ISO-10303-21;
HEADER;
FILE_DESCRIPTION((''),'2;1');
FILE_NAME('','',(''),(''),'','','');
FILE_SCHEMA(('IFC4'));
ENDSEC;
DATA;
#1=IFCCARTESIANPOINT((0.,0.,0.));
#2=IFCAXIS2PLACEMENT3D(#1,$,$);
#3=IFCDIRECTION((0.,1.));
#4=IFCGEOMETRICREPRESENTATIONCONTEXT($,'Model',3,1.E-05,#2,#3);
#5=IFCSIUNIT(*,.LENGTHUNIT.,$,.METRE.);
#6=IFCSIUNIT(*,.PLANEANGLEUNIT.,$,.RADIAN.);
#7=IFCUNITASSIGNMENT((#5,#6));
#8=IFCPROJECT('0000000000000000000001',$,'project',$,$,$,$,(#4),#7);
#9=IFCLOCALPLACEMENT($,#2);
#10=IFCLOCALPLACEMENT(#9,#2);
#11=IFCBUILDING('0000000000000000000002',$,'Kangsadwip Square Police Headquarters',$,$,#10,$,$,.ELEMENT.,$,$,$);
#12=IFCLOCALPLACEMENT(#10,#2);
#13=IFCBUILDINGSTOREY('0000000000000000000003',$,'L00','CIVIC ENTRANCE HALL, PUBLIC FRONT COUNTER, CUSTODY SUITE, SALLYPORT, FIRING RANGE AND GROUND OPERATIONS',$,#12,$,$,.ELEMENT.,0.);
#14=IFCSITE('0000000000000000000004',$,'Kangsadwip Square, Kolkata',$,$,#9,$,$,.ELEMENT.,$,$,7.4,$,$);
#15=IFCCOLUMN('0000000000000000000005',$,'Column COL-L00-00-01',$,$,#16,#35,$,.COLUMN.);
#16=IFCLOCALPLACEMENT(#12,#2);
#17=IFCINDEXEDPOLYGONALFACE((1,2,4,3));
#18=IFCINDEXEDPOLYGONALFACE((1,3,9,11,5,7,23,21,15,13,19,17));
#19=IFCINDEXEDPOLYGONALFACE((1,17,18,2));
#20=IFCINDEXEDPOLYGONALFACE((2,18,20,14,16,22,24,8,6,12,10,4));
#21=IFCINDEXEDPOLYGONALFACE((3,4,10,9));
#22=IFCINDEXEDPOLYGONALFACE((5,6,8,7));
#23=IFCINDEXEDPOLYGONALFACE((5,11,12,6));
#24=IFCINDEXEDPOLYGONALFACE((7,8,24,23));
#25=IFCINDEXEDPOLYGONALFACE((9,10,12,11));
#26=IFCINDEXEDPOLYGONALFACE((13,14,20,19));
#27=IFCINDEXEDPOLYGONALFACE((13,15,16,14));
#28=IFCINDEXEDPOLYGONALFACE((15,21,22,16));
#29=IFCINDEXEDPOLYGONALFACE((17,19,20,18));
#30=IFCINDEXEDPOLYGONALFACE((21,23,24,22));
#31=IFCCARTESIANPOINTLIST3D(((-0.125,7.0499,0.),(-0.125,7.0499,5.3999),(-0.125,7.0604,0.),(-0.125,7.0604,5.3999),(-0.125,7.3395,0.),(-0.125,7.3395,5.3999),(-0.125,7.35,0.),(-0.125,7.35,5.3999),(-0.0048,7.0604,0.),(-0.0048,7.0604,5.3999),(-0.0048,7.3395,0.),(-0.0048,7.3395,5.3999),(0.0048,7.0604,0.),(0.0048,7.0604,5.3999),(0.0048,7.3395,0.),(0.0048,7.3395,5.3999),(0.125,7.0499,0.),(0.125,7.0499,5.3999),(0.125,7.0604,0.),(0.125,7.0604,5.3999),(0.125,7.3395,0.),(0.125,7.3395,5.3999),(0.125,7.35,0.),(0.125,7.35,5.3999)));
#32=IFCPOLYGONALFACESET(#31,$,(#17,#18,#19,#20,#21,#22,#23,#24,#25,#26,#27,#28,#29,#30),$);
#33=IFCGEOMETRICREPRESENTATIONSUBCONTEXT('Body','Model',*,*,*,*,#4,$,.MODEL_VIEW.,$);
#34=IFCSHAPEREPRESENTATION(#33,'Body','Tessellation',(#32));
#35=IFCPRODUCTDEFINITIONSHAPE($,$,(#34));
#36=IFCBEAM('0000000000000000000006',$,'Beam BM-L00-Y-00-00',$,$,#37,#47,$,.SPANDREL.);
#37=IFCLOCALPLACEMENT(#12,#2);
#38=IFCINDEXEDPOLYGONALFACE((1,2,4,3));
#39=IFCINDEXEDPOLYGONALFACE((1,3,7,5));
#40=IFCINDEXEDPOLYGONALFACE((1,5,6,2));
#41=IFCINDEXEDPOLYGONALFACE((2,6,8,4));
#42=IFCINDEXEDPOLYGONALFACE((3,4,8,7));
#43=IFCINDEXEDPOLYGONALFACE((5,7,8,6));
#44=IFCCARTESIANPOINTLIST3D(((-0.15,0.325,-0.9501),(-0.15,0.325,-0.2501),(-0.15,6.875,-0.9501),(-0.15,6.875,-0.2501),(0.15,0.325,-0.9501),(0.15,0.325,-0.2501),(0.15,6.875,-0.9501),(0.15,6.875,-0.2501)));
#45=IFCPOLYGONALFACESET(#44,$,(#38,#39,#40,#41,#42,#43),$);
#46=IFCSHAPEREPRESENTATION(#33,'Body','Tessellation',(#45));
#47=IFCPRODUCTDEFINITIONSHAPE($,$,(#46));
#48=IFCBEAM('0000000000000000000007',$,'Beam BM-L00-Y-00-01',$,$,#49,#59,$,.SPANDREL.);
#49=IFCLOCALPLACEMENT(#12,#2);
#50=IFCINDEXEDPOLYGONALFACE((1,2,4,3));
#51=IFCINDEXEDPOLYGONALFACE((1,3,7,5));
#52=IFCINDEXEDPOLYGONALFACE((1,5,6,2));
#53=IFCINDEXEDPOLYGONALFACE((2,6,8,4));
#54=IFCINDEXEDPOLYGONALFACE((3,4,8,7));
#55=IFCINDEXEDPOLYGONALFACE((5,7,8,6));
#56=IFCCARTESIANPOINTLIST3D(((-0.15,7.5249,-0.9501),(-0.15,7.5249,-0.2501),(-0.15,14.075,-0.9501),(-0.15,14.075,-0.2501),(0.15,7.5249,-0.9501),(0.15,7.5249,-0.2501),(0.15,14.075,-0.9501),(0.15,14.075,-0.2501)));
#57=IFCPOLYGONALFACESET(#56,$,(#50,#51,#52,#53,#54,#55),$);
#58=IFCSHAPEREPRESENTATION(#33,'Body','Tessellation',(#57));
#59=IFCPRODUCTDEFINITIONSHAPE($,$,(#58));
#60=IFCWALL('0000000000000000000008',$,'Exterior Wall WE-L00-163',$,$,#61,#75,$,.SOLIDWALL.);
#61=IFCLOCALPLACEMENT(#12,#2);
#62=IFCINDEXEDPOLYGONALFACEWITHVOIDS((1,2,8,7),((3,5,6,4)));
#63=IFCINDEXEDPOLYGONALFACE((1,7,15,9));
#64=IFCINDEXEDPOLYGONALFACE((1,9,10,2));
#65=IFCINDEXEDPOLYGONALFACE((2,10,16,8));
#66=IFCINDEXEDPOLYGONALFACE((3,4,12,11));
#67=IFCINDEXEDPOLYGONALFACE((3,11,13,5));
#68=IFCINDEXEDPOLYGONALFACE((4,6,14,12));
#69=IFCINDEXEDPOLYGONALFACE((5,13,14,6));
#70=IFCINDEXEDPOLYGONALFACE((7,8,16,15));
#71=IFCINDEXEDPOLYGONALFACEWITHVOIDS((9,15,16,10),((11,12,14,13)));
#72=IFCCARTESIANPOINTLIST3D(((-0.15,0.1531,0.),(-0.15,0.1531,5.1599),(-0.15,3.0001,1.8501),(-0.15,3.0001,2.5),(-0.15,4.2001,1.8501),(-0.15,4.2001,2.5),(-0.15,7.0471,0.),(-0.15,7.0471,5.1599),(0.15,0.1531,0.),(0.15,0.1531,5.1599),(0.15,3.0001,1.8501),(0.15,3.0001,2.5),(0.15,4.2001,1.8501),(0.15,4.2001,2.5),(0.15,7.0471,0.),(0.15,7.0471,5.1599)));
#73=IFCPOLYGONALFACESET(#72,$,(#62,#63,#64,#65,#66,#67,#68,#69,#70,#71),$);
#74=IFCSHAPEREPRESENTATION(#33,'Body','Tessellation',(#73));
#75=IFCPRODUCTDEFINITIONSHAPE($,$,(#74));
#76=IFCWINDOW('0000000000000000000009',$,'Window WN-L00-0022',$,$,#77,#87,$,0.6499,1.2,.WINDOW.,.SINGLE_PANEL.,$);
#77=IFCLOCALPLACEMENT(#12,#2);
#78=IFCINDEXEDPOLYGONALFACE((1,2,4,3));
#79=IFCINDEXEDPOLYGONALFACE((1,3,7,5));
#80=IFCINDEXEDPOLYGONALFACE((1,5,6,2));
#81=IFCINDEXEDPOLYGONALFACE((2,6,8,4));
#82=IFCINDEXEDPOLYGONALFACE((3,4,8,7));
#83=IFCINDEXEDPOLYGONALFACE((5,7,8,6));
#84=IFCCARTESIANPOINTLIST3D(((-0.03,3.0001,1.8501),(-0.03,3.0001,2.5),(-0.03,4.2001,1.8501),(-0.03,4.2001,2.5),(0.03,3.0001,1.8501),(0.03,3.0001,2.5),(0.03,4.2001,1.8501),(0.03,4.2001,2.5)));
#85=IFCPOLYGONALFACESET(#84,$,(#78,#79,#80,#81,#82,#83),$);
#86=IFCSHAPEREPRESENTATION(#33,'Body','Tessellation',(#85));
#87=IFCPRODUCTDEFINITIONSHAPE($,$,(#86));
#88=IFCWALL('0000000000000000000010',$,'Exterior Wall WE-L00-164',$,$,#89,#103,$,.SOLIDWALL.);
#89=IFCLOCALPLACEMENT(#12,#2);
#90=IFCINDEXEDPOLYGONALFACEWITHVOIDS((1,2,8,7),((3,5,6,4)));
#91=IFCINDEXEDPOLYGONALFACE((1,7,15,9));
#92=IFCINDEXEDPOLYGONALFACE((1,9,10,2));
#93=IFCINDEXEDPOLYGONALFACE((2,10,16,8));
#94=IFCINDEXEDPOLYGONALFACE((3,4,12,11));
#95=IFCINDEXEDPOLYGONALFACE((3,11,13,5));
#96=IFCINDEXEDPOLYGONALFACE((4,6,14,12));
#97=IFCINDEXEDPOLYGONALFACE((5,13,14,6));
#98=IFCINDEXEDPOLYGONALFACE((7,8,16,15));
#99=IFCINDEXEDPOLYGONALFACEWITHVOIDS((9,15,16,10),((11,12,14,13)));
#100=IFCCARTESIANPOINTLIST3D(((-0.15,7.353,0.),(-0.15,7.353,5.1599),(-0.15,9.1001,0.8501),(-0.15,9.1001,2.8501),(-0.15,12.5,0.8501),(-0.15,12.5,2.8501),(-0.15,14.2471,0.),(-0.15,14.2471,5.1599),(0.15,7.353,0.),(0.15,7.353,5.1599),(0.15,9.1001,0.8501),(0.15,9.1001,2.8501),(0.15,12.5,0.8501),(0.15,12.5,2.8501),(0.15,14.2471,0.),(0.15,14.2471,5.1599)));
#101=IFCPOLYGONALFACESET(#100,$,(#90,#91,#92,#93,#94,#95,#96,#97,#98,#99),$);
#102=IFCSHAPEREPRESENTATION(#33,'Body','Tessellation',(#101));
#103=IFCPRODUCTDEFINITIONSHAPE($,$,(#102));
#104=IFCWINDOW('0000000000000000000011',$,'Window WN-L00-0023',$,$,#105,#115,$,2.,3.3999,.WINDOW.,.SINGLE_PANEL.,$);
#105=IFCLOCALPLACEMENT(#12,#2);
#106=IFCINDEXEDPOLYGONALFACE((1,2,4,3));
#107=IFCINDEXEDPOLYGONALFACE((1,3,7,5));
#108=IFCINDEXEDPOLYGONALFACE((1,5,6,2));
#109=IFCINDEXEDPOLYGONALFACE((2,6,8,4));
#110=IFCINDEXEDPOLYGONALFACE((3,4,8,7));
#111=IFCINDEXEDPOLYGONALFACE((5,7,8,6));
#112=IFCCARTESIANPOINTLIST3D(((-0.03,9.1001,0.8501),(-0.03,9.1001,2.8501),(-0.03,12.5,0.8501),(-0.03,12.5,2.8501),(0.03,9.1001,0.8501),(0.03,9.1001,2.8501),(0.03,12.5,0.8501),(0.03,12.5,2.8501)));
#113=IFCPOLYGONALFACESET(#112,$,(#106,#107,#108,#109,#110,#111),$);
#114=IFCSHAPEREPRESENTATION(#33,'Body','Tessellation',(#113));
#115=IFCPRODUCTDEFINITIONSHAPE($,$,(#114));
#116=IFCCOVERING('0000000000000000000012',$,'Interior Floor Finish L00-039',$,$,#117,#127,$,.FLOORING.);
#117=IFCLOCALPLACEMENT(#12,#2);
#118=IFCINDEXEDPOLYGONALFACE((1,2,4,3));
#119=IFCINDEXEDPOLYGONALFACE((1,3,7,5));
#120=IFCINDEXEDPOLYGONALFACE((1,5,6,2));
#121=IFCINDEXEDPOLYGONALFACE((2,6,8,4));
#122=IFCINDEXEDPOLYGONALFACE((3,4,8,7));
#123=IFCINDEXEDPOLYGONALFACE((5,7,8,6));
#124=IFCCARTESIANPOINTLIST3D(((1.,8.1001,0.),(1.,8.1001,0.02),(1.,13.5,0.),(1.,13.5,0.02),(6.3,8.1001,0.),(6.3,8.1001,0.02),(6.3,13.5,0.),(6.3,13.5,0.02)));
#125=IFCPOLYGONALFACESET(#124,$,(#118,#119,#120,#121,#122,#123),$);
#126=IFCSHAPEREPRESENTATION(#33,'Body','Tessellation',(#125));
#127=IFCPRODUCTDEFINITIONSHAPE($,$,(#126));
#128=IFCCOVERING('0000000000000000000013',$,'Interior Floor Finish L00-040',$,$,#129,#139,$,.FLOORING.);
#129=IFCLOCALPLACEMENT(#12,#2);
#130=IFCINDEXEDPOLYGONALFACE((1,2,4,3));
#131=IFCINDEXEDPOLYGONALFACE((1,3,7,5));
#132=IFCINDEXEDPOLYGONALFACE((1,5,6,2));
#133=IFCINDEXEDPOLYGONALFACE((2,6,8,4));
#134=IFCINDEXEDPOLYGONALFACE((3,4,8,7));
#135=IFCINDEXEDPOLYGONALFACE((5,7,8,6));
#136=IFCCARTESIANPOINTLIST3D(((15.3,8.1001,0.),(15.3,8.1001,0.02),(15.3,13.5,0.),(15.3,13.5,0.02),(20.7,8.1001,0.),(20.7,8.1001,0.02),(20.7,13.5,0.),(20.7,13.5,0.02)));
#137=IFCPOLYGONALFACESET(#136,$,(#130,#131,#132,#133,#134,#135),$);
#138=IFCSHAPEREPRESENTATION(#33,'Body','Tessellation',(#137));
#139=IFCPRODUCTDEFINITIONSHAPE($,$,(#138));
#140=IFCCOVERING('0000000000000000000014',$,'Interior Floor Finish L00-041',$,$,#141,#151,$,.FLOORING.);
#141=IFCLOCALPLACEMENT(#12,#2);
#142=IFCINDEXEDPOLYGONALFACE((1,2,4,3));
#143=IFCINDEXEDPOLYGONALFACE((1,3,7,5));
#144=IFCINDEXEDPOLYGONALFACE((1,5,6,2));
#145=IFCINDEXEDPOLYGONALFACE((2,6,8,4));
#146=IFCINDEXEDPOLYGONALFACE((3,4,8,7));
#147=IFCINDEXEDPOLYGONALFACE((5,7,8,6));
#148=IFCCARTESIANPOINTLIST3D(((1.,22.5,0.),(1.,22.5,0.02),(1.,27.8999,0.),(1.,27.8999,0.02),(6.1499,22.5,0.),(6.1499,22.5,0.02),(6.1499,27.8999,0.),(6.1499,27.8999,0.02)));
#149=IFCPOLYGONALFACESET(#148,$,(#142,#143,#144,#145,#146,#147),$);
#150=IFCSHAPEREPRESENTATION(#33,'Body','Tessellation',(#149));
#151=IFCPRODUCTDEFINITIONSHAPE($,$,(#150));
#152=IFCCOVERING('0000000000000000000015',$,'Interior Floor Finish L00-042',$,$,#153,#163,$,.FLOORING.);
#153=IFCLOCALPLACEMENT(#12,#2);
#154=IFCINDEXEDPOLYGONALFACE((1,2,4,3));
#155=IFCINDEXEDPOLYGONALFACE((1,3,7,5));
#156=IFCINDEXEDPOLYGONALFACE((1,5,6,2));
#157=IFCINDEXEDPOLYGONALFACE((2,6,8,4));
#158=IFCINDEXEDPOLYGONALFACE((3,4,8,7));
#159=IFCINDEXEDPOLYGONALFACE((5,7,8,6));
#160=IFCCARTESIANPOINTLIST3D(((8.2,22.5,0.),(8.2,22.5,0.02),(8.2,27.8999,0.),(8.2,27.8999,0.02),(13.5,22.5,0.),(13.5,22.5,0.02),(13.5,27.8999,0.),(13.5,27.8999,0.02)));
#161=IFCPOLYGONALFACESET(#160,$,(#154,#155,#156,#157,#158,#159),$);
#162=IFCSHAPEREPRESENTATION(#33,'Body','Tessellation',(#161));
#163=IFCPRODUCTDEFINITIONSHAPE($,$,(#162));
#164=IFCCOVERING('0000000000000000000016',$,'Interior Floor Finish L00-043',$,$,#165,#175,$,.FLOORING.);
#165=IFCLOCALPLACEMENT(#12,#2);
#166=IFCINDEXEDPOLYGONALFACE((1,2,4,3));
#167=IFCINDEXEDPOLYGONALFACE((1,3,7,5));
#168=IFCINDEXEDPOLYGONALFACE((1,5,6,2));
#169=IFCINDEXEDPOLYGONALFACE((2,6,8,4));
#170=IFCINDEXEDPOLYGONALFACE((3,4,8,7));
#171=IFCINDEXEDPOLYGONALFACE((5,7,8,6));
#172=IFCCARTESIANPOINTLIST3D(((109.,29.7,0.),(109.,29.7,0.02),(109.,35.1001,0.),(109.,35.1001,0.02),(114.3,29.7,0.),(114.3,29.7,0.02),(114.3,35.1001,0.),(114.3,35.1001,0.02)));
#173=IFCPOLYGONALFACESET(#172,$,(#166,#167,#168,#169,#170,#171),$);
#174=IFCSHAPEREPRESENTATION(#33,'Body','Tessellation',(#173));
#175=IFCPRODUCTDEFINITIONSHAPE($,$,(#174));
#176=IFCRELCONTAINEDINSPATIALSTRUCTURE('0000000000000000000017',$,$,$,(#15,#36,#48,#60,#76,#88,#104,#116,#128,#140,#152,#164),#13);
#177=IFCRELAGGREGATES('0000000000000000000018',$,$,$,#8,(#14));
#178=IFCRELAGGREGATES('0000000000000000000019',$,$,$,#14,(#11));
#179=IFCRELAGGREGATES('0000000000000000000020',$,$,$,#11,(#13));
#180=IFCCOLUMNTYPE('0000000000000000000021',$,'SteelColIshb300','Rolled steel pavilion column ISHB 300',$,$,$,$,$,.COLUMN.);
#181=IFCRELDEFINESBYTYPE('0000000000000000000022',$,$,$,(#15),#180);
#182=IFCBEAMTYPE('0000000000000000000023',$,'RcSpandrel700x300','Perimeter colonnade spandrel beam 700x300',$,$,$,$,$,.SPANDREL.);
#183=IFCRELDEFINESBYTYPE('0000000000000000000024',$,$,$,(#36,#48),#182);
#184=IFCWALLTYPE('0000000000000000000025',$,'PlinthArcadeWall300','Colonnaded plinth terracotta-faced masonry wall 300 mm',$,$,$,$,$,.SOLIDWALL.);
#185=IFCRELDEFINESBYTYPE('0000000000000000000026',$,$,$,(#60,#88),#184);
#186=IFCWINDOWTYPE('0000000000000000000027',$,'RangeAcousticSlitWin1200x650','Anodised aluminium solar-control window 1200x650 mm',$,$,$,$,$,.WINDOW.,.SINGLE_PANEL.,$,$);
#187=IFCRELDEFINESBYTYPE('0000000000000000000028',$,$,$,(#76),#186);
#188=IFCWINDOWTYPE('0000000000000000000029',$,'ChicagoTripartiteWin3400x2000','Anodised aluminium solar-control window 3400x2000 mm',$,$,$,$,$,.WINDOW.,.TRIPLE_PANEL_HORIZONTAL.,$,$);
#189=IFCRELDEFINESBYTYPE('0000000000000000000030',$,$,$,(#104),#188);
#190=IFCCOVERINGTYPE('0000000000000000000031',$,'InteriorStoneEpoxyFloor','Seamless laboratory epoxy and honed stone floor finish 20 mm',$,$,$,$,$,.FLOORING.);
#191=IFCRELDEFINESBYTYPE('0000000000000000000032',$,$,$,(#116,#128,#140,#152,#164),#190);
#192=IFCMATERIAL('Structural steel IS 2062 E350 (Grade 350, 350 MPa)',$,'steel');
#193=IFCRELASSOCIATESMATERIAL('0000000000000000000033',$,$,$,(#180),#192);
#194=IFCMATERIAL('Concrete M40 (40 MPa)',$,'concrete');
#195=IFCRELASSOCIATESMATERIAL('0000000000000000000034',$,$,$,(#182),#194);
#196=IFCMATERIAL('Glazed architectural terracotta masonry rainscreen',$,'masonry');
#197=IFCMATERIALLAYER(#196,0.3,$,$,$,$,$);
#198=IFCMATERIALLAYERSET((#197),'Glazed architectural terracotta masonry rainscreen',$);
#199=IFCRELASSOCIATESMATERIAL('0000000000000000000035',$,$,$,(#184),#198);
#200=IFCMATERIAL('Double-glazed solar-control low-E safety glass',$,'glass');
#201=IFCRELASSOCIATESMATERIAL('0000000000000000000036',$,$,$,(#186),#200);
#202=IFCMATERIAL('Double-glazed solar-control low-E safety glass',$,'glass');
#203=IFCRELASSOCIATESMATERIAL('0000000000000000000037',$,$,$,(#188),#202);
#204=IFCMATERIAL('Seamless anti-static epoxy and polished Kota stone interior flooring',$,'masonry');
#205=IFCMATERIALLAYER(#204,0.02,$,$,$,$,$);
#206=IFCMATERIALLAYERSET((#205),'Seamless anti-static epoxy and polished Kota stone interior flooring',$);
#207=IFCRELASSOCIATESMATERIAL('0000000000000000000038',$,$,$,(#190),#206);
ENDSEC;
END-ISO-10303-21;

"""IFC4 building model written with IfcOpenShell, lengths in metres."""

from ifc_helpers import new_model, si_unit, direction, frame, frame_2d, origin, origin_2d, place, context, subcontext, project, spatial, polyline, rectangle, i_section, outline, extrude, material, layer, layer_set, material_profile, profile_set, type_object, element, fill, save


model = new_model("IFC4")

# Units and contexts
model_context = context("Model", 3, precision=1e-05, world=origin(), true_north=direction((0.0, 1.0)))
body_context = subcontext(model_context, "Body", "Model", "MODEL_VIEW")
ifc_project = project(units=[si_unit("LENGTHUNIT", "METRE"), si_unit("PLANEANGLEUNIT", "RADIAN")], contexts=[model_context])

# Site, building, storey
site_placement = place(None, origin())
site = spatial("IfcSite", under=ifc_project, at=site_placement, Name="Kangsadwip Square, Kolkata", CompositionType="ELEMENT", RefElevation=7.4)
building_placement = place(site_placement, origin())
building = spatial("IfcBuilding", under=site, at=building_placement, Name="Kangsadwip Square Police Headquarters", CompositionType="ELEMENT")
storey_placement = place(building_placement, origin())
storey = spatial("IfcBuildingStorey", under=building, at=storey_placement, Name="L00", Description="CIVIC ENTRANCE HALL, PUBLIC FRONT COUNTER, CUSTODY SUITE, SALLYPORT, FIRING RANGE AND GROUND OPERATIONS", CompositionType="ELEMENT", Elevation=0.0)

# Column
ifc_material_1 = material(Name="Structural steel IS 2062 E350 (Grade 350, 350 MPa)", Category="steel")
ifc_material_profile_1 = material_profile(ifc_material_1, i_section(OverallWidth=0.25, OverallDepth=0.3, WebThickness=0.0095, FlangeThickness=0.0105, at=origin_2d()), Name="ISHB 300")
ifc_profile_set_1 = profile_set([ifc_material_profile_1], Name="Structural steel IS 2062 E350 (Grade 350, 350 MPa)")
column_type = type_object("IfcColumnType", Name="SteelColIshb300", Description="Rolled steel pavilion column ISHB 300", PredefinedType="COLUMN", material=ifc_profile_set_1)
column_placement = place(storey_placement, frame((0.0, 7.2, 0.0), z_axis=(0.0, 0.0, 1.0), x_axis=(1.0, 0.0, 0.0)))
element("IfcColumn", 1, at=column_placement, inside=storey, type_object=column_type, Name="Column COL-L00-00-01", PredefinedType="COLUMN", context=body_context, shape_type="SweptSolid", body=[
    extrude(i_section(OverallWidth=0.25, OverallDepth=0.3, WebThickness=0.0095, FlangeThickness=0.0105, at=origin_2d()), origin(), (0.0, 0.0, 1.0), 5.3999),
])

# Beams
ifc_material_2 = material(Name="Concrete M40 (40 MPa)", Category="concrete")
ifc_material_profile_2 = material_profile(ifc_material_2, rectangle(XDim=0.3, YDim=0.7, at=origin_2d()), Name="RC SPN 700X300")
ifc_profile_set_2 = profile_set([ifc_material_profile_2], Name="Concrete M40 (40 MPa)")
beam_type = type_object("IfcBeamType", Name="RcSpandrel700x300", Description="Perimeter colonnade spandrel beam 700x300", PredefinedType="SPANDREL", material=ifc_profile_set_2)
for number, where, z_axis, x_axis, name in (
    (2, (0.0, 0.325, -0.6001), (0.0, 1.0, 0.0), (-1.0, 0.0, 0.0), "Beam BM-L00-Y-00-00"),
    (3, (0.0, 7.5249, -0.6001), (0.0, 1.0, 0.0), (-1.0, 0.0, 0.0), "Beam BM-L00-Y-00-01"),
):
    element("IfcBeam", number, at=place(storey_placement, frame(where, z_axis=z_axis, x_axis=x_axis)), inside=storey, type_object=beam_type, Name=name, PredefinedType="SPANDREL", context=body_context, shape_type="SweptSolid", body=[
        extrude(rectangle(XDim=0.3, YDim=0.7, at=origin_2d()), origin(), (0.0, 0.0, 1.0), 6.55),
    ])

# Walls, openings, windows
ifc_material_3 = material(Name="Glazed architectural terracotta masonry rainscreen", Category="masonry")
ifc_layer_1 = layer(ifc_material_3, 0.3)
ifc_layer_set_1 = layer_set([ifc_layer_1], Name="Glazed architectural terracotta masonry rainscreen")
wall_type = type_object("IfcWallType", Name="PlinthArcadeWall300", Description="Colonnaded plinth terracotta-faced masonry wall 300 mm", PredefinedType="SOLIDWALL", material=ifc_layer_set_1)
wall_1_placement = place(storey_placement, frame((0.0, 0.1531, 0.0), z_axis=(0.0, 0.0, 1.0), x_axis=(0.0, 1.0, 0.0)))
wall_1 = element("IfcWall", 4, at=wall_1_placement, inside=storey, type_object=wall_type, Name="Exterior Wall WE-L00-163", PredefinedType="SOLIDWALL", context=body_context, shape_type="SweptSolid", body=[
    extrude(rectangle(XDim=6.894, YDim=0.3, at=frame_2d((3.447, 0.0))), origin(), (0.0, 0.0, 1.0), 5.1599),
])
opening_1_placement = place(wall_1_placement, frame((2.8469, 0.0, 1.8501)))
opening_1 = element("IfcOpeningElement", 5, at=opening_1_placement, cuts=wall_1, PredefinedType="OPENING", context=body_context, shape_type="SweptSolid", body=[
    extrude(rectangle(XDim=1.2, YDim=0.6499, at=frame_2d((0.6001, 0.325))), frame((0.0, 0.1599, 0.0), z_axis=(0.0, -1.0, 0.0), x_axis=(1.0, 0.0, 0.0)), (0.0, 0.0, 1.0), 0.3201),
])
ifc_material_4 = material(Name="Double-glazed solar-control low-E safety glass", Category="glass")
window_type_1 = type_object("IfcWindowType", Name="RangeAcousticSlitWin1200x650", Description="Anodised aluminium solar-control window 1200x650 mm", PartitioningType="SINGLE_PANEL", PredefinedType="WINDOW", material=ifc_material_4)
window_1_placement = place(opening_1_placement, origin())
window_1 = element("IfcWindow", 6, at=window_1_placement, inside=storey, type_object=window_type_1, Name="Window WN-L00-0022", OverallHeight=0.6499, OverallWidth=1.2, PartitioningType="SINGLE_PANEL", PredefinedType="WINDOW", context=body_context, shape_type="SweptSolid", body=[
    extrude(rectangle(XDim=1.2, YDim=0.6499, at=frame_2d((0.6001, 0.325))), frame((0.0, 0.03, 0.0), z_axis=(0.0, -1.0, 0.0), x_axis=(1.0, 0.0, 0.0)), (0.0, 0.0, 1.0), 0.0601),
])
fill(opening_1, window_1)
wall_2_placement = place(storey_placement, frame((0.0, 7.353, 0.0), z_axis=(0.0, 0.0, 1.0), x_axis=(0.0, 1.0, 0.0)))
wall_2 = element("IfcWall", 7, at=wall_2_placement, inside=storey, type_object=wall_type, Name="Exterior Wall WE-L00-164", PredefinedType="SOLIDWALL", context=body_context, shape_type="SweptSolid", body=[
    extrude(rectangle(XDim=6.894, YDim=0.3, at=frame_2d((3.447, 0.0))), origin(), (0.0, 0.0, 1.0), 5.1599),
])
opening_2_placement = place(wall_2_placement, frame((1.7471, 0.0, 0.8501)))
opening_2 = element("IfcOpeningElement", 8, at=opening_2_placement, cuts=wall_2, PredefinedType="OPENING", context=body_context, shape_type="SweptSolid", body=[
    extrude(rectangle(XDim=3.3999, YDim=2.0, at=frame_2d((1.7, 1.0))), frame((0.0, 0.1599, 0.0), z_axis=(0.0, -1.0, 0.0), x_axis=(1.0, 0.0, 0.0)), (0.0, 0.0, 1.0), 0.3201),
])
ifc_material_5 = material(Name="Double-glazed solar-control low-E safety glass", Category="glass")
window_type_2 = type_object("IfcWindowType", Name="ChicagoTripartiteWin3400x2000", Description="Anodised aluminium solar-control window 3400x2000 mm", PartitioningType="TRIPLE_PANEL_HORIZONTAL", PredefinedType="WINDOW", material=ifc_material_5)
window_2_placement = place(opening_2_placement, origin())
window_2 = element("IfcWindow", 9, at=window_2_placement, inside=storey, type_object=window_type_2, Name="Window WN-L00-0023", OverallHeight=2.0, OverallWidth=3.3999, PartitioningType="SINGLE_PANEL", PredefinedType="WINDOW", context=body_context, shape_type="SweptSolid", body=[
    extrude(rectangle(XDim=3.3999, YDim=2.0, at=frame_2d((1.7, 1.0))), frame((0.0, 0.03, 0.0), z_axis=(0.0, -1.0, 0.0), x_axis=(1.0, 0.0, 0.0)), (0.0, 0.0, 1.0), 0.0601),
])
fill(opening_2, window_2)

# Coverings
ifc_material_6 = material(Name="Seamless anti-static epoxy and polished Kota stone interior flooring", Category="masonry")
ifc_layer_2 = layer(ifc_material_6, 0.02)
ifc_layer_set_2 = layer_set([ifc_layer_2], Name="Seamless anti-static epoxy and polished Kota stone interior flooring")
covering_type_1 = type_object("IfcCoveringType", Name="InteriorStoneEpoxyFloor", Description="Seamless laboratory epoxy and honed stone floor finish 20 mm", PredefinedType="FLOORING", material=ifc_layer_set_2)
covering_1_placement = place(storey_placement, origin())
element("IfcCovering", 10, at=covering_1_placement, inside=storey, type_object=covering_type_1, Name="Interior Floor Finish L00-039", PredefinedType="FLOORING", context=body_context, shape_type="SweptSolid", body=[
    extrude(outline(polyline([(1.0, 8.1001), (6.3, 8.1001), (6.3, 13.5), (1.0, 13.5), (1.0, 8.1001)])), origin(), (0.0, 0.0, 1.0), 0.02),
])
covering_2_placement = place(storey_placement, origin())
element("IfcCovering", 11, at=covering_2_placement, inside=storey, type_object=covering_type_1, Name="Interior Floor Finish L00-040", PredefinedType="FLOORING", context=body_context, shape_type="SweptSolid", body=[
    extrude(outline(polyline([(15.3, 8.1001), (20.7, 8.1001), (20.7, 13.5), (15.3, 13.5), (15.3, 8.1001)])), origin(), (0.0, 0.0, 1.0), 0.02),
])
covering_3_placement = place(storey_placement, origin())
element("IfcCovering", 12, at=covering_3_placement, inside=storey, type_object=covering_type_1, Name="Interior Floor Finish L00-041", PredefinedType="FLOORING", context=body_context, shape_type="SweptSolid", body=[
    extrude(outline(polyline([(1.0, 22.5), (6.1499, 22.5), (6.1499, 27.8999), (1.0, 27.8999), (1.0, 22.5)])), origin(), (0.0, 0.0, 1.0), 0.02),
])
covering_4_placement = place(storey_placement, origin())
element("IfcCovering", 13, at=covering_4_placement, inside=storey, type_object=covering_type_1, Name="Interior Floor Finish L00-042", PredefinedType="FLOORING", context=body_context, shape_type="SweptSolid", body=[
    extrude(outline(polyline([(8.2, 22.5), (13.5, 22.5), (13.5, 27.8999), (8.2, 27.8999), (8.2, 22.5)])), origin(), (0.0, 0.0, 1.0), 0.02),
])
covering_5_placement = place(storey_placement, origin())
element("IfcCovering", 14, at=covering_5_placement, inside=storey, type_object=covering_type_1, Name="Interior Floor Finish L00-043", PredefinedType="FLOORING", context=body_context, shape_type="SweptSolid", body=[
    extrude(outline(polyline([(109.0, 29.7), (114.3, 29.7), (114.3, 35.1001), (109.0, 35.1001), (109.0, 29.7)])), origin(), (0.0, 0.0, 1.0), 0.02),
])

save(model, "model.ifc")
